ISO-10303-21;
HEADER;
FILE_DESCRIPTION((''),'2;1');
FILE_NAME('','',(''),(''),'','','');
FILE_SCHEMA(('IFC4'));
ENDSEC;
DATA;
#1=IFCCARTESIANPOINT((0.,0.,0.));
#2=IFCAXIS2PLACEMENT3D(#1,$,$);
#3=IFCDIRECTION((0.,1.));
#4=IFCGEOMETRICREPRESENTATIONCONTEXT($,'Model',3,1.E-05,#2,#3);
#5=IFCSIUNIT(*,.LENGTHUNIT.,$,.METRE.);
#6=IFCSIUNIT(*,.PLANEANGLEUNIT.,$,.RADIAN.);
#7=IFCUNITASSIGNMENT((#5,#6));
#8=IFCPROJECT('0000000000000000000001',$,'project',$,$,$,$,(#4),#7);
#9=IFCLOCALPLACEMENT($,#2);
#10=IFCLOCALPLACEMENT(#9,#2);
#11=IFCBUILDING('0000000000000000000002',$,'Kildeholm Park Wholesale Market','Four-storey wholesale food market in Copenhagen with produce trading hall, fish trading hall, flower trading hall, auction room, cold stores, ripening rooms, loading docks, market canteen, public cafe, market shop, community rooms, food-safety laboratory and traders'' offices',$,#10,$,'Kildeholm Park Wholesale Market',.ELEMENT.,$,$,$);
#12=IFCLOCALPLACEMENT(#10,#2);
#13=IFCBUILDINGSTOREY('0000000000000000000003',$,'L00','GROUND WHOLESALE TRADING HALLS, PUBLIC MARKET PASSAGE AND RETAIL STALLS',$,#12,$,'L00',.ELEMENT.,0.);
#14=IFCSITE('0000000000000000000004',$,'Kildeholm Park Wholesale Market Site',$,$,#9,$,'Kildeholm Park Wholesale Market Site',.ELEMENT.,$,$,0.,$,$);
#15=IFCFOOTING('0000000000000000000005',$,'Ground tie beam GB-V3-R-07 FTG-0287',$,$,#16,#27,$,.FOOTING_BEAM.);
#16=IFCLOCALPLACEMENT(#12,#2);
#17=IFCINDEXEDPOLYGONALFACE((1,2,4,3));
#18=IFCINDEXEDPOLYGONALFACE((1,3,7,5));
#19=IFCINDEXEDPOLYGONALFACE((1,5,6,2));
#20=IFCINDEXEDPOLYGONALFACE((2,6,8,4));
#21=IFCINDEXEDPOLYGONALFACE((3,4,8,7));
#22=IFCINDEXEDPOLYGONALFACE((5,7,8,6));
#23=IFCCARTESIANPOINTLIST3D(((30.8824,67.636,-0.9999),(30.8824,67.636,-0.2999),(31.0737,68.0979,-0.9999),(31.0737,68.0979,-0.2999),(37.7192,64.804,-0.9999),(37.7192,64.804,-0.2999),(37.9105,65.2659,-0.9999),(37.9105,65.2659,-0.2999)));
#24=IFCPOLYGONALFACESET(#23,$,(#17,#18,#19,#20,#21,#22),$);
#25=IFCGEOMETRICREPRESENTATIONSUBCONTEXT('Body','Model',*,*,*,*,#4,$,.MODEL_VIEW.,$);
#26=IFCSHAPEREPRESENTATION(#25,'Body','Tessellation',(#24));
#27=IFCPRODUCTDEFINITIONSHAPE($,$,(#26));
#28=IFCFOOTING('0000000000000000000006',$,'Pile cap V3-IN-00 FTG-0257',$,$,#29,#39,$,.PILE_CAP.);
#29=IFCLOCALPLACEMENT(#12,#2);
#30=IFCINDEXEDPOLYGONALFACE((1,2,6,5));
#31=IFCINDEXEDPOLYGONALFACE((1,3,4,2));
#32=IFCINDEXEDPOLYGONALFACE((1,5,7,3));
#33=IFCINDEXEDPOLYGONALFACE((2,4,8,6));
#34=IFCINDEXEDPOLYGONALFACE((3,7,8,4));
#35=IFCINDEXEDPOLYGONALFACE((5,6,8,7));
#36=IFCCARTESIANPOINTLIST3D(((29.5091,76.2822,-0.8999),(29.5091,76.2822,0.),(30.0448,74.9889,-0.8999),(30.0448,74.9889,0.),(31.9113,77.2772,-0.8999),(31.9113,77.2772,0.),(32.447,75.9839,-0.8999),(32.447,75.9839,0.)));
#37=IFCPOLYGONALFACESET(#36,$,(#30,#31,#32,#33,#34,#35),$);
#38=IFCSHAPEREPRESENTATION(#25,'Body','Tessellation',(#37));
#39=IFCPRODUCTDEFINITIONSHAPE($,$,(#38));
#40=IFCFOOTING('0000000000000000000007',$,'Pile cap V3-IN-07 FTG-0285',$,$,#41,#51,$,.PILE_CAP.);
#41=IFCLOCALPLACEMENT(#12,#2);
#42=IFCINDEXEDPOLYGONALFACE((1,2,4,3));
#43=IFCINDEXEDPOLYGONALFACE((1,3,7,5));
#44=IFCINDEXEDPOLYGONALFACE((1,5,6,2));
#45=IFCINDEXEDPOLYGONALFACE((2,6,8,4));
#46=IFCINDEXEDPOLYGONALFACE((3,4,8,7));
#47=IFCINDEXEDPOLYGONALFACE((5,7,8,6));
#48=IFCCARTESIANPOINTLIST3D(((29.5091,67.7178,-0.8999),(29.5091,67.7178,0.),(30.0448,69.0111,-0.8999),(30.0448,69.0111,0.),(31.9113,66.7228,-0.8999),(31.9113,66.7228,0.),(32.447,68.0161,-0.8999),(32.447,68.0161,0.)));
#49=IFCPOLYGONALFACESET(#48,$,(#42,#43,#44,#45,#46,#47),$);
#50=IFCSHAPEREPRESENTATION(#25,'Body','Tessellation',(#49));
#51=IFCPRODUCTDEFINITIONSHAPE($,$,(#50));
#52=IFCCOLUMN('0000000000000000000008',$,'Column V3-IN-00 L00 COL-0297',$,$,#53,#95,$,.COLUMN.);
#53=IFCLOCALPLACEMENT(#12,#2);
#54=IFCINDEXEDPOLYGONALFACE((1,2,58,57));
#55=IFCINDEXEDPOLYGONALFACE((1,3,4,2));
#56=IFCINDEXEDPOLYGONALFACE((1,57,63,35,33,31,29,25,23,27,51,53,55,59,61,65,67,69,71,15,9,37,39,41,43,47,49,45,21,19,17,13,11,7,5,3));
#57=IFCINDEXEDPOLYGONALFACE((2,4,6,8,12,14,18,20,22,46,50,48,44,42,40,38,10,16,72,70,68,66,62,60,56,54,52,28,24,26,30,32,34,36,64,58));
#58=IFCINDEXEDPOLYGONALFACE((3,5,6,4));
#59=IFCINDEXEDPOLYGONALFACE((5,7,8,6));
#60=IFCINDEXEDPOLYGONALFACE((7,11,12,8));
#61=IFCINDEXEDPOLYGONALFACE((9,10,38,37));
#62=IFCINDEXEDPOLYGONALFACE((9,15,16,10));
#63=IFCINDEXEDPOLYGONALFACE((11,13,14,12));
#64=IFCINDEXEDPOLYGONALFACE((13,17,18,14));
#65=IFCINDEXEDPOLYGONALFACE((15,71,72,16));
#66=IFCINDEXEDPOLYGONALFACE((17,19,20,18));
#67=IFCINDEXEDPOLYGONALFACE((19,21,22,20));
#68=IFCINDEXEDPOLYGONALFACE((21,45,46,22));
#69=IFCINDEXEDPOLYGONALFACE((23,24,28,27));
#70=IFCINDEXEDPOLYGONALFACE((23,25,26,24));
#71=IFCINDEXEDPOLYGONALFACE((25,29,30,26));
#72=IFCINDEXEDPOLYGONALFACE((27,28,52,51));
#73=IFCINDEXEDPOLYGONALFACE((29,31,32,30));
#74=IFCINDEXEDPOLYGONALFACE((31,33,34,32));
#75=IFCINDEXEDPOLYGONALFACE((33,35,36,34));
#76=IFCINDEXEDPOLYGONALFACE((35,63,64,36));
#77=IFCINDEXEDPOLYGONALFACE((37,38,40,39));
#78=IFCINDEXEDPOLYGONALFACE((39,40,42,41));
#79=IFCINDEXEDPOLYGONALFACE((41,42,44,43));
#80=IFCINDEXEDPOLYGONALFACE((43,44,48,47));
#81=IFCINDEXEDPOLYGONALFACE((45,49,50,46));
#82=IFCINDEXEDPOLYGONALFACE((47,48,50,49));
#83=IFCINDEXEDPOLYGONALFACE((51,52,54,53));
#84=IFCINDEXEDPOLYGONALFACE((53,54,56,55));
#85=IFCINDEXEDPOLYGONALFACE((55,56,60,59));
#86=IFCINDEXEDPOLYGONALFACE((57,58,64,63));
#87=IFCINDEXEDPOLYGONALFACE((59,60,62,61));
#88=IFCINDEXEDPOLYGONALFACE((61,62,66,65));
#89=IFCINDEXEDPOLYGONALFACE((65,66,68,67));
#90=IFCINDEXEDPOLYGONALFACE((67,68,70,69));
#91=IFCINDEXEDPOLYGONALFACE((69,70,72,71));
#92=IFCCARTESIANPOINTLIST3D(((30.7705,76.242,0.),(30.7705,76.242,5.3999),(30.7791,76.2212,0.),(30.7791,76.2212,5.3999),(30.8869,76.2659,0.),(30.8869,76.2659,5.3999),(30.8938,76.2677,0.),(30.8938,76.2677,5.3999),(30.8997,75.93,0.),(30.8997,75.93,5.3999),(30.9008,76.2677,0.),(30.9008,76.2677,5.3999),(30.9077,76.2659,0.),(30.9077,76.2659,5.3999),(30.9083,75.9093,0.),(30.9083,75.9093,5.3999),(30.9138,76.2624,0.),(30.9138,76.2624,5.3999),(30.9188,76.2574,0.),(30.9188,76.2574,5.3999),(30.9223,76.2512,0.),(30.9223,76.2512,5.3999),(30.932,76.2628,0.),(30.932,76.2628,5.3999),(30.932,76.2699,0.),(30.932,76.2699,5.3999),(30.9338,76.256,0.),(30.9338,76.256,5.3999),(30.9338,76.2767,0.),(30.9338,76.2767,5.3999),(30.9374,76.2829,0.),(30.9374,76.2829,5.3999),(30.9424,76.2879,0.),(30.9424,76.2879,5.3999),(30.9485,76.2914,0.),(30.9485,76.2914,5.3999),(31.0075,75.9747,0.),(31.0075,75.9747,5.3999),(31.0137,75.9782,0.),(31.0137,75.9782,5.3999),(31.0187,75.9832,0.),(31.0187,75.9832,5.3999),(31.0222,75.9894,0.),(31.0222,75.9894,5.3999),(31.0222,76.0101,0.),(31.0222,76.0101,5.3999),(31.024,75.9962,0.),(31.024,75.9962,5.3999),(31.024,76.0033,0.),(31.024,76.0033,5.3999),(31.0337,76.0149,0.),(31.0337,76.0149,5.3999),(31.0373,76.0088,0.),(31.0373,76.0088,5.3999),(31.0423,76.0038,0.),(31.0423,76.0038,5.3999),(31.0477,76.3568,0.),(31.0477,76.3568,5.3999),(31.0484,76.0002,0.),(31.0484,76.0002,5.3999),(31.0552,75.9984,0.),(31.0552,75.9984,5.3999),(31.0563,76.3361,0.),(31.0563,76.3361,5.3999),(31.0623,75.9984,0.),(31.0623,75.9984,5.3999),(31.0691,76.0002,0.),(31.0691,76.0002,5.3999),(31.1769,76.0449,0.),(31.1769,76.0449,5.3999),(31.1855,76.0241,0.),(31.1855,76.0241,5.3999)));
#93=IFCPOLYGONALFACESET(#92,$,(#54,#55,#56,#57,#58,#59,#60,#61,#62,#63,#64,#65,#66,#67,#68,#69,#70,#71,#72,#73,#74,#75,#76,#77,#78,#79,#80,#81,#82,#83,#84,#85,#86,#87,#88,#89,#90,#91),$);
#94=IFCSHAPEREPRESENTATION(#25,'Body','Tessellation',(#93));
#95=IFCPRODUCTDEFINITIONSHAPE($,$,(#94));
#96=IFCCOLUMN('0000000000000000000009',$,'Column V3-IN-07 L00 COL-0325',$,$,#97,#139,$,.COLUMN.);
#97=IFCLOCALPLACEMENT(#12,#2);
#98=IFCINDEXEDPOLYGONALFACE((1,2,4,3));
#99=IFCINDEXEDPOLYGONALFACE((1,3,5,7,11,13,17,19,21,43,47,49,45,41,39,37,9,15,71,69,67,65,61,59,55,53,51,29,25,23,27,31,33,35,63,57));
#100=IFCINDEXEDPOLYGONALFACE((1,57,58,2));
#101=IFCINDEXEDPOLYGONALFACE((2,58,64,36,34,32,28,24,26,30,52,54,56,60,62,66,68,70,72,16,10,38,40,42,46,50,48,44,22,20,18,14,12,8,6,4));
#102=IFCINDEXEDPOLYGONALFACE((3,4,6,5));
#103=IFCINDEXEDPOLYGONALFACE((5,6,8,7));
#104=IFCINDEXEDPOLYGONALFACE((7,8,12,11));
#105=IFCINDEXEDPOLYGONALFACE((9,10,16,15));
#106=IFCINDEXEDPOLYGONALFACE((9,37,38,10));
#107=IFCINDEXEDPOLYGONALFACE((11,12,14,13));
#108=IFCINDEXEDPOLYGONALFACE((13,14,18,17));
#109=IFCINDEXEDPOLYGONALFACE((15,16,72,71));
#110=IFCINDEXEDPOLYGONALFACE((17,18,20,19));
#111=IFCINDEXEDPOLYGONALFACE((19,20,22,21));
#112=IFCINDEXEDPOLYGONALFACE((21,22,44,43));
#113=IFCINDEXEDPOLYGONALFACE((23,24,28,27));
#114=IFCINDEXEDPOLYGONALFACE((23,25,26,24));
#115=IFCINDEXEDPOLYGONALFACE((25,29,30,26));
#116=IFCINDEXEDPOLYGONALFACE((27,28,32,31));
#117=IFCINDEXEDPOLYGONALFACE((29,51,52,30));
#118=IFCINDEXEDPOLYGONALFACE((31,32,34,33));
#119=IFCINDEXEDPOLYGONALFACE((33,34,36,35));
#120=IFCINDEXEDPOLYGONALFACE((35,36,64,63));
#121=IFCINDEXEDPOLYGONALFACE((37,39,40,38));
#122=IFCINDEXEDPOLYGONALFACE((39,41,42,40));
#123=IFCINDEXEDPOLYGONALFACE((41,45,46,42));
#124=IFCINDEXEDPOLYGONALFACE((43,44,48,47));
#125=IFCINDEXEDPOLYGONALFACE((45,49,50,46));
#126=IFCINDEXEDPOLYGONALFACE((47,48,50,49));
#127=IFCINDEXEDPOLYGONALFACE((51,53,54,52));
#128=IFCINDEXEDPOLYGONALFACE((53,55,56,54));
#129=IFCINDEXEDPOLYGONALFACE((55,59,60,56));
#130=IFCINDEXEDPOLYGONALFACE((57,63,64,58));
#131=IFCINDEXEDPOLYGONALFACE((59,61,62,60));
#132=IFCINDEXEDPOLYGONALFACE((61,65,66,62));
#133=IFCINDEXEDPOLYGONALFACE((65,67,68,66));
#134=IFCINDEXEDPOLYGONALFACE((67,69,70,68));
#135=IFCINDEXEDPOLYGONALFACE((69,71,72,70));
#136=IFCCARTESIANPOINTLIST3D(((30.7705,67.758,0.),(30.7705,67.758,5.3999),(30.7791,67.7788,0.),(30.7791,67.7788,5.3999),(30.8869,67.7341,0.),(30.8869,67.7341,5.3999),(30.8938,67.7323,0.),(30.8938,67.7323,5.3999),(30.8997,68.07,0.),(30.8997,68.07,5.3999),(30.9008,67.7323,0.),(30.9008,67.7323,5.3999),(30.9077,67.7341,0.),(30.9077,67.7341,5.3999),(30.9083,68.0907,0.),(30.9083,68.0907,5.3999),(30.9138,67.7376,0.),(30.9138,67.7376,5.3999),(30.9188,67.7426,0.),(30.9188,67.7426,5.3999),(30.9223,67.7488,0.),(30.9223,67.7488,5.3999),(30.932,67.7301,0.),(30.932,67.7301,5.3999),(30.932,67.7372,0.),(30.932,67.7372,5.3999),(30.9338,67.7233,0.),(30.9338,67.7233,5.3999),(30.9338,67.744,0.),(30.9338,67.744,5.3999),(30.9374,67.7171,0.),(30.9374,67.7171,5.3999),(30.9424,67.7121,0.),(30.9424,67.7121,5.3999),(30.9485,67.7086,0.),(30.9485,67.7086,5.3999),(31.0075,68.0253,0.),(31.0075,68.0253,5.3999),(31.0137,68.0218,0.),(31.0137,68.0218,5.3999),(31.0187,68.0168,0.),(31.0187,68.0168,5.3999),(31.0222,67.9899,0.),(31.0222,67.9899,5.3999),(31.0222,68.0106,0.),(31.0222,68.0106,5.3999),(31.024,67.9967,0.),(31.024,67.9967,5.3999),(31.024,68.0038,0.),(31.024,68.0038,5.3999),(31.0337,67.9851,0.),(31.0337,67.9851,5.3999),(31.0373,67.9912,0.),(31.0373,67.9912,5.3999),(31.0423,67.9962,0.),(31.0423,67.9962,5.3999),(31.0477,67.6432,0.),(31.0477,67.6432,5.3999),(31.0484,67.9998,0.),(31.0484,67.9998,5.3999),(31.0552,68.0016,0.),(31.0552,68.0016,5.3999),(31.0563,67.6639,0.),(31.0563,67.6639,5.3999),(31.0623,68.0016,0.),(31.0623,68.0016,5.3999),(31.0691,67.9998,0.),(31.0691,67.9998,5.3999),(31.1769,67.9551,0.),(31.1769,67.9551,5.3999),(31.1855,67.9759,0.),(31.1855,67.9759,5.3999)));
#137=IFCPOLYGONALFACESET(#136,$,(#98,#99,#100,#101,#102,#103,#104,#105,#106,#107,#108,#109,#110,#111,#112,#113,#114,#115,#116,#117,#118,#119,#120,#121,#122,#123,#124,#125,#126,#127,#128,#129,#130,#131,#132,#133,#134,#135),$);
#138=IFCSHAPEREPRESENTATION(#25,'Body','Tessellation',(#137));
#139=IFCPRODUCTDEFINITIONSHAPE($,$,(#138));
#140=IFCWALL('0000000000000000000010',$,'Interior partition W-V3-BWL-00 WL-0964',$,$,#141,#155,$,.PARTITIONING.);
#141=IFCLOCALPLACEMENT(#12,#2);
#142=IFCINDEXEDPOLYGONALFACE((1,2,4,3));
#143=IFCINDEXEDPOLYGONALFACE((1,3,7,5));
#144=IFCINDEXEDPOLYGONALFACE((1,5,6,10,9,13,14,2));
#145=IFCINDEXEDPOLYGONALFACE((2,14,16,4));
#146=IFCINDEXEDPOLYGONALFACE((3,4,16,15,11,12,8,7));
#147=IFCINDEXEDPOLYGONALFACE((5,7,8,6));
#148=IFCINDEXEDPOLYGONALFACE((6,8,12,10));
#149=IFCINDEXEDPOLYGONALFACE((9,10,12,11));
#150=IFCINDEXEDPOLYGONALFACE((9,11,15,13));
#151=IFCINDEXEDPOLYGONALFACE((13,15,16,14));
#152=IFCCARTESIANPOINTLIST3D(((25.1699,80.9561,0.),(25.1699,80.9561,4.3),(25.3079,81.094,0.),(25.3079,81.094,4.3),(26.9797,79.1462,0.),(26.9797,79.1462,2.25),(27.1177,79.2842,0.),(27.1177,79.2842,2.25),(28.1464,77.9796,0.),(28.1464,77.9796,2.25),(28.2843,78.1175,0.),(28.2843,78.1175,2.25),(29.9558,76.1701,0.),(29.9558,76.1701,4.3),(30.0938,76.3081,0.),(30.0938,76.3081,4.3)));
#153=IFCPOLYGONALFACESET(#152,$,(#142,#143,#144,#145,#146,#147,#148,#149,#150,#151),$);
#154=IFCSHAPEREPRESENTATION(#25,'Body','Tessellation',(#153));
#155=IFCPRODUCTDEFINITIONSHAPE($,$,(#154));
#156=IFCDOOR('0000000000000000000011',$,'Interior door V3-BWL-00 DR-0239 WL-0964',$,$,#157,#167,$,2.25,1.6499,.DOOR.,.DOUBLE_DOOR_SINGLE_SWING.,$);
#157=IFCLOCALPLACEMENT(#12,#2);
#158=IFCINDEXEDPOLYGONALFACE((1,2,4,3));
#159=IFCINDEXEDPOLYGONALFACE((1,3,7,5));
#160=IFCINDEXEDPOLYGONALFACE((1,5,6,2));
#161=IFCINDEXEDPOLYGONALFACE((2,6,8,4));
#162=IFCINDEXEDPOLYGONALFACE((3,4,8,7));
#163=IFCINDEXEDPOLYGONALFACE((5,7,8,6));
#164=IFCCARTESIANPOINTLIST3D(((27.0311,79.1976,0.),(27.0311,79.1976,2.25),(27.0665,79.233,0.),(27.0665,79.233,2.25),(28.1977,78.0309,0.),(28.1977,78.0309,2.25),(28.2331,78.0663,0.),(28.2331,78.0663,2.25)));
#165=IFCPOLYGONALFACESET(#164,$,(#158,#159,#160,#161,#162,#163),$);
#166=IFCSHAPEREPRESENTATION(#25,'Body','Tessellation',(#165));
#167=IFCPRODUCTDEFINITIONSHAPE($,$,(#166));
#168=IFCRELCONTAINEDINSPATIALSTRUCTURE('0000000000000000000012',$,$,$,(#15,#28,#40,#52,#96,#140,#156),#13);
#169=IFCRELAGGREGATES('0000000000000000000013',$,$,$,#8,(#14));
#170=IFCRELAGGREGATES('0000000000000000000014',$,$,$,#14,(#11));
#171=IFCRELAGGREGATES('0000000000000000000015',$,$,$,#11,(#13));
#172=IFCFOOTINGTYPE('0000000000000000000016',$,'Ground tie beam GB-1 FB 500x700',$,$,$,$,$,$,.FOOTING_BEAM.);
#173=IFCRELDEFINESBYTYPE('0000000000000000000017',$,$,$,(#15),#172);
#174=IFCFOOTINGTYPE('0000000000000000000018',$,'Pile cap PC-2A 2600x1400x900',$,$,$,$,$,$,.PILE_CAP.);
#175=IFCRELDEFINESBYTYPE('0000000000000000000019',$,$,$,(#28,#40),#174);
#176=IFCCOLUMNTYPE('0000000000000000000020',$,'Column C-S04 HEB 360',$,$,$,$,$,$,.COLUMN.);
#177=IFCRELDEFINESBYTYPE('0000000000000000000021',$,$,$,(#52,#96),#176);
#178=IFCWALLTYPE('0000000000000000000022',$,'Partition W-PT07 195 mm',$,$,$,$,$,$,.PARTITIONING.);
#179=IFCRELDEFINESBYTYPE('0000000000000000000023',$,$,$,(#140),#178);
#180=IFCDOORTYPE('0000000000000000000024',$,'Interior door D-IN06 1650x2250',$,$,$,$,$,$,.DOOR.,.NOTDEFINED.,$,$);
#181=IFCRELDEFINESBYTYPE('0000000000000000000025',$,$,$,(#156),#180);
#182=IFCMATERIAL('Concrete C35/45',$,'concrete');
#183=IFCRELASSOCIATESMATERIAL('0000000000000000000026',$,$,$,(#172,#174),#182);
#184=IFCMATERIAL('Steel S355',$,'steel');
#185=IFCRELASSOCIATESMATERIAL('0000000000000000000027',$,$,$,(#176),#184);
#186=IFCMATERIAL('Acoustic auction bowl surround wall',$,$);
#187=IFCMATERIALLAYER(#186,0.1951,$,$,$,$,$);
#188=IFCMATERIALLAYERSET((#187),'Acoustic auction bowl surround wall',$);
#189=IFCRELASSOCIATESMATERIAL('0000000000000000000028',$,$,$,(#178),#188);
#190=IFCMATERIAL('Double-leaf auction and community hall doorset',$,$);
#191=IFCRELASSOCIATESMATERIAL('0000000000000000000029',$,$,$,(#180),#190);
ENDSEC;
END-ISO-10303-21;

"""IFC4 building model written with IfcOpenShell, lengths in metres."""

from ifc_helpers import new_model, si_unit, direction, frame, frame_2d, origin, origin_2d, place, context, subcontext, project, spatial, rectangle, i_section, extrude, material, layer, layer_set, material_profile, profile_set, type_object, element, fill, save


model = new_model("IFC4")

# Units and contexts
model_context = context("Model", 3, precision=1e-05, world=origin(), true_north=direction((0.0, 1.0)))
body_context = subcontext(model_context, "Body", "Model", "MODEL_VIEW")
ifc_project = project(units=[si_unit("LENGTHUNIT", "METRE"), si_unit("PLANEANGLEUNIT", "RADIAN")], contexts=[model_context])

# Site, building, storey
site_placement = place(None, origin())
site = spatial("IfcSite", under=ifc_project, at=site_placement, Name="Kildeholm Park Wholesale Market Site", LongName="Kildeholm Park Wholesale Market Site", CompositionType="ELEMENT", RefElevation=0.0)
building_placement = place(site_placement, origin())
building = spatial("IfcBuilding", under=site, at=building_placement, Name="Kildeholm Park Wholesale Market", Description="Four-storey wholesale food market in Copenhagen with produce trading hall, fish trading hall, flower trading hall, auction room, cold stores, ripening rooms, loading docks, market canteen, public cafe, market shop, community rooms, food-safety laboratory and traders' offices", LongName="Kildeholm Park Wholesale Market", CompositionType="ELEMENT")
storey_placement = place(building_placement, origin())
storey = spatial("IfcBuildingStorey", under=building, at=storey_placement, Name="L00", Description="GROUND WHOLESALE TRADING HALLS, PUBLIC MARKET PASSAGE AND RETAIL STALLS", LongName="L00", CompositionType="ELEMENT", Elevation=0.0)

# Shared definitions
ifc_material_1 = material(Name="Concrete C35/45", Category="concrete")

# Footings
ifc_material_profile_1 = material_profile(ifc_material_1, rectangle(XDim=0.5, YDim=0.7, at=origin_2d()), Name="FB 500x700")
ifc_profile_set_1 = profile_set([ifc_material_profile_1], Name="Concrete C35/45")
footing_type_1 = type_object("IfcFootingType", Name="Ground tie beam GB-1 FB 500x700", PredefinedType="FOOTING_BEAM", material=ifc_profile_set_1)
for number, where, z_axis, x_axis, name in (
    (1, (30.978, 67.8669, -0.6499), (0.923875, -0.382694, 0.0), (0.382694, 0.923875, 0.0), "Ground tie beam GB-V3-R-07 FTG-0287"),
):
    element("IfcFooting", number, at=place(storey_placement, frame(where, z_axis=z_axis, x_axis=x_axis)), inside=storey, type_object=footing_type_1, Name=name, PredefinedType="FOOTING_BEAM", context=body_context, shape_type="SweptSolid", body=[
        extrude(rectangle(XDim=0.5, YDim=0.7, at=origin_2d()), origin(), (0.0, 0.0, 1.0), 7.4001),
    ])
footing_type_2 = type_object("IfcFootingType", Name="Pile cap PC-2A 2600x1400x900", PredefinedType="PILE_CAP", material=ifc_material_1)
for number, where, z_axis, x_axis, name in (
    (2, (30.978, 76.1331, -0.8999), (0.0, 0.0, 1.0), (0.92388, 0.382683, 0.0), "Pile cap V3-IN-00 FTG-0257"),
    (3, (30.978, 67.8669, -0.8999), (0.0, 0.0, 1.0), (0.92388, -0.382683, 0.0), "Pile cap V3-IN-07 FTG-0285"),
):
    element("IfcFooting", number, at=place(storey_placement, frame(where, z_axis=z_axis, x_axis=x_axis)), inside=storey, type_object=footing_type_2, Name=name, PredefinedType="PILE_CAP", context=body_context, shape_type="SweptSolid", body=[
        extrude(rectangle(XDim=2.6001, YDim=1.3999, at=origin_2d()), origin(), (0.0, 0.0, 1.0), 0.8999),
    ])

# Columns
ifc_material_2 = material(Name="Steel S355", Category="steel")
ifc_material_profile_2 = material_profile(ifc_material_2, i_section(OverallWidth=0.3, OverallDepth=0.3601, WebThickness=0.0125, FlangeThickness=0.0225, FilletRadius=0.0271, at=origin_2d()), Name="HEB 360")
ifc_profile_set_2 = profile_set([ifc_material_profile_2], Name="Steel S355")
column_type = type_object("IfcColumnType", Name="Column C-S04 HEB 360", PredefinedType="COLUMN", material=ifc_profile_set_2)
for number, where, z_axis, x_axis, name in (
    (4, (30.978, 76.1331, 0.0), (0.0, 0.0, 1.0), (0.92388, 0.382683, 0.0), "Column V3-IN-00 L00 COL-0297"),
    (5, (30.978, 67.8669, 0.0), (0.0, 0.0, 1.0), (0.92388, -0.382683, 0.0), "Column V3-IN-07 L00 COL-0325"),
):
    element("IfcColumn", number, at=place(storey_placement, frame(where, z_axis=z_axis, x_axis=x_axis)), inside=storey, type_object=column_type, Name=name, PredefinedType="COLUMN", context=body_context, shape_type="SweptSolid", body=[
        extrude(i_section(OverallWidth=0.3, OverallDepth=0.3601, WebThickness=0.0125, FlangeThickness=0.0225, FilletRadius=0.0271, at=origin_2d()), origin(), (0.0, 0.0, 1.0), 5.3999),
    ])

# Wall, opening, door
ifc_material_3 = material(Name="Acoustic auction bowl surround wall")
ifc_layer_1 = layer(ifc_material_3, 0.1951)
ifc_layer_set_1 = layer_set([ifc_layer_1], Name="Acoustic auction bowl surround wall")
wall_type_1 = type_object("IfcWallType", Name="Partition W-PT07 195 mm", PredefinedType="PARTITIONING", material=ifc_layer_set_1)
wall_1_placement = place(storey_placement, frame((30.0249, 76.239, 0.0), z_axis=(0.0, 0.0, 1.0), x_axis=(-0.707107, 0.707107, 0.0)))
wall_1 = element("IfcWall", 6, at=wall_1_placement, inside=storey, type_object=wall_type_1, Name="Interior partition W-V3-BWL-00 WL-0964", PredefinedType="PARTITIONING", context=body_context, shape_type="SweptSolid", body=[
    extrude(rectangle(XDim=6.7683, YDim=0.1951, at=frame_2d((3.3843, 0.0))), origin(), (0.0, 0.0, 1.0), 4.3),
])
opening_1_placement = place(wall_1_placement, frame((2.5591, 0.0, 0.0)))
opening_1 = element("IfcOpeningElement", 7, at=opening_1_placement, cuts=wall_1, PredefinedType="OPENING", context=body_context, shape_type="SweptSolid", body=[
    extrude(rectangle(XDim=1.6499, YDim=2.25, at=frame_2d((0.825, 1.125))), frame((0.0, 0.1074, 0.0), z_axis=(0.0, -1.0, 0.0), x_axis=(1.0, 0.0, 0.0)), (0.0, 0.0, 1.0), 0.2151),
])
ifc_material_4 = material(Name="Double-leaf auction and community hall doorset")
door_type_1 = type_object("IfcDoorType", Name="Interior door D-IN06 1650x2250", OperationType="NOTDEFINED", PredefinedType="DOOR", material=ifc_material_4)
door_1_placement = place(opening_1_placement, origin())
door_1 = element("IfcDoor", 8, at=door_1_placement, inside=storey, type_object=door_type_1, Name="Interior door V3-BWL-00 DR-0239 WL-0964", OperationType="DOUBLE_DOOR_SINGLE_SWING", OverallHeight=2.25, OverallWidth=1.6499, PredefinedType="DOOR", context=body_context, shape_type="SweptSolid", body=[
    extrude(rectangle(XDim=1.6499, YDim=2.25, at=frame_2d((0.825, 1.125))), frame((0.0, 0.0249, 0.0), z_axis=(0.0, -1.0, 0.0), x_axis=(1.0, 0.0, 0.0)), (0.0, 0.0, 1.0), 0.05),
])
fill(opening_1, door_1)

save(model, "model.ifc")
